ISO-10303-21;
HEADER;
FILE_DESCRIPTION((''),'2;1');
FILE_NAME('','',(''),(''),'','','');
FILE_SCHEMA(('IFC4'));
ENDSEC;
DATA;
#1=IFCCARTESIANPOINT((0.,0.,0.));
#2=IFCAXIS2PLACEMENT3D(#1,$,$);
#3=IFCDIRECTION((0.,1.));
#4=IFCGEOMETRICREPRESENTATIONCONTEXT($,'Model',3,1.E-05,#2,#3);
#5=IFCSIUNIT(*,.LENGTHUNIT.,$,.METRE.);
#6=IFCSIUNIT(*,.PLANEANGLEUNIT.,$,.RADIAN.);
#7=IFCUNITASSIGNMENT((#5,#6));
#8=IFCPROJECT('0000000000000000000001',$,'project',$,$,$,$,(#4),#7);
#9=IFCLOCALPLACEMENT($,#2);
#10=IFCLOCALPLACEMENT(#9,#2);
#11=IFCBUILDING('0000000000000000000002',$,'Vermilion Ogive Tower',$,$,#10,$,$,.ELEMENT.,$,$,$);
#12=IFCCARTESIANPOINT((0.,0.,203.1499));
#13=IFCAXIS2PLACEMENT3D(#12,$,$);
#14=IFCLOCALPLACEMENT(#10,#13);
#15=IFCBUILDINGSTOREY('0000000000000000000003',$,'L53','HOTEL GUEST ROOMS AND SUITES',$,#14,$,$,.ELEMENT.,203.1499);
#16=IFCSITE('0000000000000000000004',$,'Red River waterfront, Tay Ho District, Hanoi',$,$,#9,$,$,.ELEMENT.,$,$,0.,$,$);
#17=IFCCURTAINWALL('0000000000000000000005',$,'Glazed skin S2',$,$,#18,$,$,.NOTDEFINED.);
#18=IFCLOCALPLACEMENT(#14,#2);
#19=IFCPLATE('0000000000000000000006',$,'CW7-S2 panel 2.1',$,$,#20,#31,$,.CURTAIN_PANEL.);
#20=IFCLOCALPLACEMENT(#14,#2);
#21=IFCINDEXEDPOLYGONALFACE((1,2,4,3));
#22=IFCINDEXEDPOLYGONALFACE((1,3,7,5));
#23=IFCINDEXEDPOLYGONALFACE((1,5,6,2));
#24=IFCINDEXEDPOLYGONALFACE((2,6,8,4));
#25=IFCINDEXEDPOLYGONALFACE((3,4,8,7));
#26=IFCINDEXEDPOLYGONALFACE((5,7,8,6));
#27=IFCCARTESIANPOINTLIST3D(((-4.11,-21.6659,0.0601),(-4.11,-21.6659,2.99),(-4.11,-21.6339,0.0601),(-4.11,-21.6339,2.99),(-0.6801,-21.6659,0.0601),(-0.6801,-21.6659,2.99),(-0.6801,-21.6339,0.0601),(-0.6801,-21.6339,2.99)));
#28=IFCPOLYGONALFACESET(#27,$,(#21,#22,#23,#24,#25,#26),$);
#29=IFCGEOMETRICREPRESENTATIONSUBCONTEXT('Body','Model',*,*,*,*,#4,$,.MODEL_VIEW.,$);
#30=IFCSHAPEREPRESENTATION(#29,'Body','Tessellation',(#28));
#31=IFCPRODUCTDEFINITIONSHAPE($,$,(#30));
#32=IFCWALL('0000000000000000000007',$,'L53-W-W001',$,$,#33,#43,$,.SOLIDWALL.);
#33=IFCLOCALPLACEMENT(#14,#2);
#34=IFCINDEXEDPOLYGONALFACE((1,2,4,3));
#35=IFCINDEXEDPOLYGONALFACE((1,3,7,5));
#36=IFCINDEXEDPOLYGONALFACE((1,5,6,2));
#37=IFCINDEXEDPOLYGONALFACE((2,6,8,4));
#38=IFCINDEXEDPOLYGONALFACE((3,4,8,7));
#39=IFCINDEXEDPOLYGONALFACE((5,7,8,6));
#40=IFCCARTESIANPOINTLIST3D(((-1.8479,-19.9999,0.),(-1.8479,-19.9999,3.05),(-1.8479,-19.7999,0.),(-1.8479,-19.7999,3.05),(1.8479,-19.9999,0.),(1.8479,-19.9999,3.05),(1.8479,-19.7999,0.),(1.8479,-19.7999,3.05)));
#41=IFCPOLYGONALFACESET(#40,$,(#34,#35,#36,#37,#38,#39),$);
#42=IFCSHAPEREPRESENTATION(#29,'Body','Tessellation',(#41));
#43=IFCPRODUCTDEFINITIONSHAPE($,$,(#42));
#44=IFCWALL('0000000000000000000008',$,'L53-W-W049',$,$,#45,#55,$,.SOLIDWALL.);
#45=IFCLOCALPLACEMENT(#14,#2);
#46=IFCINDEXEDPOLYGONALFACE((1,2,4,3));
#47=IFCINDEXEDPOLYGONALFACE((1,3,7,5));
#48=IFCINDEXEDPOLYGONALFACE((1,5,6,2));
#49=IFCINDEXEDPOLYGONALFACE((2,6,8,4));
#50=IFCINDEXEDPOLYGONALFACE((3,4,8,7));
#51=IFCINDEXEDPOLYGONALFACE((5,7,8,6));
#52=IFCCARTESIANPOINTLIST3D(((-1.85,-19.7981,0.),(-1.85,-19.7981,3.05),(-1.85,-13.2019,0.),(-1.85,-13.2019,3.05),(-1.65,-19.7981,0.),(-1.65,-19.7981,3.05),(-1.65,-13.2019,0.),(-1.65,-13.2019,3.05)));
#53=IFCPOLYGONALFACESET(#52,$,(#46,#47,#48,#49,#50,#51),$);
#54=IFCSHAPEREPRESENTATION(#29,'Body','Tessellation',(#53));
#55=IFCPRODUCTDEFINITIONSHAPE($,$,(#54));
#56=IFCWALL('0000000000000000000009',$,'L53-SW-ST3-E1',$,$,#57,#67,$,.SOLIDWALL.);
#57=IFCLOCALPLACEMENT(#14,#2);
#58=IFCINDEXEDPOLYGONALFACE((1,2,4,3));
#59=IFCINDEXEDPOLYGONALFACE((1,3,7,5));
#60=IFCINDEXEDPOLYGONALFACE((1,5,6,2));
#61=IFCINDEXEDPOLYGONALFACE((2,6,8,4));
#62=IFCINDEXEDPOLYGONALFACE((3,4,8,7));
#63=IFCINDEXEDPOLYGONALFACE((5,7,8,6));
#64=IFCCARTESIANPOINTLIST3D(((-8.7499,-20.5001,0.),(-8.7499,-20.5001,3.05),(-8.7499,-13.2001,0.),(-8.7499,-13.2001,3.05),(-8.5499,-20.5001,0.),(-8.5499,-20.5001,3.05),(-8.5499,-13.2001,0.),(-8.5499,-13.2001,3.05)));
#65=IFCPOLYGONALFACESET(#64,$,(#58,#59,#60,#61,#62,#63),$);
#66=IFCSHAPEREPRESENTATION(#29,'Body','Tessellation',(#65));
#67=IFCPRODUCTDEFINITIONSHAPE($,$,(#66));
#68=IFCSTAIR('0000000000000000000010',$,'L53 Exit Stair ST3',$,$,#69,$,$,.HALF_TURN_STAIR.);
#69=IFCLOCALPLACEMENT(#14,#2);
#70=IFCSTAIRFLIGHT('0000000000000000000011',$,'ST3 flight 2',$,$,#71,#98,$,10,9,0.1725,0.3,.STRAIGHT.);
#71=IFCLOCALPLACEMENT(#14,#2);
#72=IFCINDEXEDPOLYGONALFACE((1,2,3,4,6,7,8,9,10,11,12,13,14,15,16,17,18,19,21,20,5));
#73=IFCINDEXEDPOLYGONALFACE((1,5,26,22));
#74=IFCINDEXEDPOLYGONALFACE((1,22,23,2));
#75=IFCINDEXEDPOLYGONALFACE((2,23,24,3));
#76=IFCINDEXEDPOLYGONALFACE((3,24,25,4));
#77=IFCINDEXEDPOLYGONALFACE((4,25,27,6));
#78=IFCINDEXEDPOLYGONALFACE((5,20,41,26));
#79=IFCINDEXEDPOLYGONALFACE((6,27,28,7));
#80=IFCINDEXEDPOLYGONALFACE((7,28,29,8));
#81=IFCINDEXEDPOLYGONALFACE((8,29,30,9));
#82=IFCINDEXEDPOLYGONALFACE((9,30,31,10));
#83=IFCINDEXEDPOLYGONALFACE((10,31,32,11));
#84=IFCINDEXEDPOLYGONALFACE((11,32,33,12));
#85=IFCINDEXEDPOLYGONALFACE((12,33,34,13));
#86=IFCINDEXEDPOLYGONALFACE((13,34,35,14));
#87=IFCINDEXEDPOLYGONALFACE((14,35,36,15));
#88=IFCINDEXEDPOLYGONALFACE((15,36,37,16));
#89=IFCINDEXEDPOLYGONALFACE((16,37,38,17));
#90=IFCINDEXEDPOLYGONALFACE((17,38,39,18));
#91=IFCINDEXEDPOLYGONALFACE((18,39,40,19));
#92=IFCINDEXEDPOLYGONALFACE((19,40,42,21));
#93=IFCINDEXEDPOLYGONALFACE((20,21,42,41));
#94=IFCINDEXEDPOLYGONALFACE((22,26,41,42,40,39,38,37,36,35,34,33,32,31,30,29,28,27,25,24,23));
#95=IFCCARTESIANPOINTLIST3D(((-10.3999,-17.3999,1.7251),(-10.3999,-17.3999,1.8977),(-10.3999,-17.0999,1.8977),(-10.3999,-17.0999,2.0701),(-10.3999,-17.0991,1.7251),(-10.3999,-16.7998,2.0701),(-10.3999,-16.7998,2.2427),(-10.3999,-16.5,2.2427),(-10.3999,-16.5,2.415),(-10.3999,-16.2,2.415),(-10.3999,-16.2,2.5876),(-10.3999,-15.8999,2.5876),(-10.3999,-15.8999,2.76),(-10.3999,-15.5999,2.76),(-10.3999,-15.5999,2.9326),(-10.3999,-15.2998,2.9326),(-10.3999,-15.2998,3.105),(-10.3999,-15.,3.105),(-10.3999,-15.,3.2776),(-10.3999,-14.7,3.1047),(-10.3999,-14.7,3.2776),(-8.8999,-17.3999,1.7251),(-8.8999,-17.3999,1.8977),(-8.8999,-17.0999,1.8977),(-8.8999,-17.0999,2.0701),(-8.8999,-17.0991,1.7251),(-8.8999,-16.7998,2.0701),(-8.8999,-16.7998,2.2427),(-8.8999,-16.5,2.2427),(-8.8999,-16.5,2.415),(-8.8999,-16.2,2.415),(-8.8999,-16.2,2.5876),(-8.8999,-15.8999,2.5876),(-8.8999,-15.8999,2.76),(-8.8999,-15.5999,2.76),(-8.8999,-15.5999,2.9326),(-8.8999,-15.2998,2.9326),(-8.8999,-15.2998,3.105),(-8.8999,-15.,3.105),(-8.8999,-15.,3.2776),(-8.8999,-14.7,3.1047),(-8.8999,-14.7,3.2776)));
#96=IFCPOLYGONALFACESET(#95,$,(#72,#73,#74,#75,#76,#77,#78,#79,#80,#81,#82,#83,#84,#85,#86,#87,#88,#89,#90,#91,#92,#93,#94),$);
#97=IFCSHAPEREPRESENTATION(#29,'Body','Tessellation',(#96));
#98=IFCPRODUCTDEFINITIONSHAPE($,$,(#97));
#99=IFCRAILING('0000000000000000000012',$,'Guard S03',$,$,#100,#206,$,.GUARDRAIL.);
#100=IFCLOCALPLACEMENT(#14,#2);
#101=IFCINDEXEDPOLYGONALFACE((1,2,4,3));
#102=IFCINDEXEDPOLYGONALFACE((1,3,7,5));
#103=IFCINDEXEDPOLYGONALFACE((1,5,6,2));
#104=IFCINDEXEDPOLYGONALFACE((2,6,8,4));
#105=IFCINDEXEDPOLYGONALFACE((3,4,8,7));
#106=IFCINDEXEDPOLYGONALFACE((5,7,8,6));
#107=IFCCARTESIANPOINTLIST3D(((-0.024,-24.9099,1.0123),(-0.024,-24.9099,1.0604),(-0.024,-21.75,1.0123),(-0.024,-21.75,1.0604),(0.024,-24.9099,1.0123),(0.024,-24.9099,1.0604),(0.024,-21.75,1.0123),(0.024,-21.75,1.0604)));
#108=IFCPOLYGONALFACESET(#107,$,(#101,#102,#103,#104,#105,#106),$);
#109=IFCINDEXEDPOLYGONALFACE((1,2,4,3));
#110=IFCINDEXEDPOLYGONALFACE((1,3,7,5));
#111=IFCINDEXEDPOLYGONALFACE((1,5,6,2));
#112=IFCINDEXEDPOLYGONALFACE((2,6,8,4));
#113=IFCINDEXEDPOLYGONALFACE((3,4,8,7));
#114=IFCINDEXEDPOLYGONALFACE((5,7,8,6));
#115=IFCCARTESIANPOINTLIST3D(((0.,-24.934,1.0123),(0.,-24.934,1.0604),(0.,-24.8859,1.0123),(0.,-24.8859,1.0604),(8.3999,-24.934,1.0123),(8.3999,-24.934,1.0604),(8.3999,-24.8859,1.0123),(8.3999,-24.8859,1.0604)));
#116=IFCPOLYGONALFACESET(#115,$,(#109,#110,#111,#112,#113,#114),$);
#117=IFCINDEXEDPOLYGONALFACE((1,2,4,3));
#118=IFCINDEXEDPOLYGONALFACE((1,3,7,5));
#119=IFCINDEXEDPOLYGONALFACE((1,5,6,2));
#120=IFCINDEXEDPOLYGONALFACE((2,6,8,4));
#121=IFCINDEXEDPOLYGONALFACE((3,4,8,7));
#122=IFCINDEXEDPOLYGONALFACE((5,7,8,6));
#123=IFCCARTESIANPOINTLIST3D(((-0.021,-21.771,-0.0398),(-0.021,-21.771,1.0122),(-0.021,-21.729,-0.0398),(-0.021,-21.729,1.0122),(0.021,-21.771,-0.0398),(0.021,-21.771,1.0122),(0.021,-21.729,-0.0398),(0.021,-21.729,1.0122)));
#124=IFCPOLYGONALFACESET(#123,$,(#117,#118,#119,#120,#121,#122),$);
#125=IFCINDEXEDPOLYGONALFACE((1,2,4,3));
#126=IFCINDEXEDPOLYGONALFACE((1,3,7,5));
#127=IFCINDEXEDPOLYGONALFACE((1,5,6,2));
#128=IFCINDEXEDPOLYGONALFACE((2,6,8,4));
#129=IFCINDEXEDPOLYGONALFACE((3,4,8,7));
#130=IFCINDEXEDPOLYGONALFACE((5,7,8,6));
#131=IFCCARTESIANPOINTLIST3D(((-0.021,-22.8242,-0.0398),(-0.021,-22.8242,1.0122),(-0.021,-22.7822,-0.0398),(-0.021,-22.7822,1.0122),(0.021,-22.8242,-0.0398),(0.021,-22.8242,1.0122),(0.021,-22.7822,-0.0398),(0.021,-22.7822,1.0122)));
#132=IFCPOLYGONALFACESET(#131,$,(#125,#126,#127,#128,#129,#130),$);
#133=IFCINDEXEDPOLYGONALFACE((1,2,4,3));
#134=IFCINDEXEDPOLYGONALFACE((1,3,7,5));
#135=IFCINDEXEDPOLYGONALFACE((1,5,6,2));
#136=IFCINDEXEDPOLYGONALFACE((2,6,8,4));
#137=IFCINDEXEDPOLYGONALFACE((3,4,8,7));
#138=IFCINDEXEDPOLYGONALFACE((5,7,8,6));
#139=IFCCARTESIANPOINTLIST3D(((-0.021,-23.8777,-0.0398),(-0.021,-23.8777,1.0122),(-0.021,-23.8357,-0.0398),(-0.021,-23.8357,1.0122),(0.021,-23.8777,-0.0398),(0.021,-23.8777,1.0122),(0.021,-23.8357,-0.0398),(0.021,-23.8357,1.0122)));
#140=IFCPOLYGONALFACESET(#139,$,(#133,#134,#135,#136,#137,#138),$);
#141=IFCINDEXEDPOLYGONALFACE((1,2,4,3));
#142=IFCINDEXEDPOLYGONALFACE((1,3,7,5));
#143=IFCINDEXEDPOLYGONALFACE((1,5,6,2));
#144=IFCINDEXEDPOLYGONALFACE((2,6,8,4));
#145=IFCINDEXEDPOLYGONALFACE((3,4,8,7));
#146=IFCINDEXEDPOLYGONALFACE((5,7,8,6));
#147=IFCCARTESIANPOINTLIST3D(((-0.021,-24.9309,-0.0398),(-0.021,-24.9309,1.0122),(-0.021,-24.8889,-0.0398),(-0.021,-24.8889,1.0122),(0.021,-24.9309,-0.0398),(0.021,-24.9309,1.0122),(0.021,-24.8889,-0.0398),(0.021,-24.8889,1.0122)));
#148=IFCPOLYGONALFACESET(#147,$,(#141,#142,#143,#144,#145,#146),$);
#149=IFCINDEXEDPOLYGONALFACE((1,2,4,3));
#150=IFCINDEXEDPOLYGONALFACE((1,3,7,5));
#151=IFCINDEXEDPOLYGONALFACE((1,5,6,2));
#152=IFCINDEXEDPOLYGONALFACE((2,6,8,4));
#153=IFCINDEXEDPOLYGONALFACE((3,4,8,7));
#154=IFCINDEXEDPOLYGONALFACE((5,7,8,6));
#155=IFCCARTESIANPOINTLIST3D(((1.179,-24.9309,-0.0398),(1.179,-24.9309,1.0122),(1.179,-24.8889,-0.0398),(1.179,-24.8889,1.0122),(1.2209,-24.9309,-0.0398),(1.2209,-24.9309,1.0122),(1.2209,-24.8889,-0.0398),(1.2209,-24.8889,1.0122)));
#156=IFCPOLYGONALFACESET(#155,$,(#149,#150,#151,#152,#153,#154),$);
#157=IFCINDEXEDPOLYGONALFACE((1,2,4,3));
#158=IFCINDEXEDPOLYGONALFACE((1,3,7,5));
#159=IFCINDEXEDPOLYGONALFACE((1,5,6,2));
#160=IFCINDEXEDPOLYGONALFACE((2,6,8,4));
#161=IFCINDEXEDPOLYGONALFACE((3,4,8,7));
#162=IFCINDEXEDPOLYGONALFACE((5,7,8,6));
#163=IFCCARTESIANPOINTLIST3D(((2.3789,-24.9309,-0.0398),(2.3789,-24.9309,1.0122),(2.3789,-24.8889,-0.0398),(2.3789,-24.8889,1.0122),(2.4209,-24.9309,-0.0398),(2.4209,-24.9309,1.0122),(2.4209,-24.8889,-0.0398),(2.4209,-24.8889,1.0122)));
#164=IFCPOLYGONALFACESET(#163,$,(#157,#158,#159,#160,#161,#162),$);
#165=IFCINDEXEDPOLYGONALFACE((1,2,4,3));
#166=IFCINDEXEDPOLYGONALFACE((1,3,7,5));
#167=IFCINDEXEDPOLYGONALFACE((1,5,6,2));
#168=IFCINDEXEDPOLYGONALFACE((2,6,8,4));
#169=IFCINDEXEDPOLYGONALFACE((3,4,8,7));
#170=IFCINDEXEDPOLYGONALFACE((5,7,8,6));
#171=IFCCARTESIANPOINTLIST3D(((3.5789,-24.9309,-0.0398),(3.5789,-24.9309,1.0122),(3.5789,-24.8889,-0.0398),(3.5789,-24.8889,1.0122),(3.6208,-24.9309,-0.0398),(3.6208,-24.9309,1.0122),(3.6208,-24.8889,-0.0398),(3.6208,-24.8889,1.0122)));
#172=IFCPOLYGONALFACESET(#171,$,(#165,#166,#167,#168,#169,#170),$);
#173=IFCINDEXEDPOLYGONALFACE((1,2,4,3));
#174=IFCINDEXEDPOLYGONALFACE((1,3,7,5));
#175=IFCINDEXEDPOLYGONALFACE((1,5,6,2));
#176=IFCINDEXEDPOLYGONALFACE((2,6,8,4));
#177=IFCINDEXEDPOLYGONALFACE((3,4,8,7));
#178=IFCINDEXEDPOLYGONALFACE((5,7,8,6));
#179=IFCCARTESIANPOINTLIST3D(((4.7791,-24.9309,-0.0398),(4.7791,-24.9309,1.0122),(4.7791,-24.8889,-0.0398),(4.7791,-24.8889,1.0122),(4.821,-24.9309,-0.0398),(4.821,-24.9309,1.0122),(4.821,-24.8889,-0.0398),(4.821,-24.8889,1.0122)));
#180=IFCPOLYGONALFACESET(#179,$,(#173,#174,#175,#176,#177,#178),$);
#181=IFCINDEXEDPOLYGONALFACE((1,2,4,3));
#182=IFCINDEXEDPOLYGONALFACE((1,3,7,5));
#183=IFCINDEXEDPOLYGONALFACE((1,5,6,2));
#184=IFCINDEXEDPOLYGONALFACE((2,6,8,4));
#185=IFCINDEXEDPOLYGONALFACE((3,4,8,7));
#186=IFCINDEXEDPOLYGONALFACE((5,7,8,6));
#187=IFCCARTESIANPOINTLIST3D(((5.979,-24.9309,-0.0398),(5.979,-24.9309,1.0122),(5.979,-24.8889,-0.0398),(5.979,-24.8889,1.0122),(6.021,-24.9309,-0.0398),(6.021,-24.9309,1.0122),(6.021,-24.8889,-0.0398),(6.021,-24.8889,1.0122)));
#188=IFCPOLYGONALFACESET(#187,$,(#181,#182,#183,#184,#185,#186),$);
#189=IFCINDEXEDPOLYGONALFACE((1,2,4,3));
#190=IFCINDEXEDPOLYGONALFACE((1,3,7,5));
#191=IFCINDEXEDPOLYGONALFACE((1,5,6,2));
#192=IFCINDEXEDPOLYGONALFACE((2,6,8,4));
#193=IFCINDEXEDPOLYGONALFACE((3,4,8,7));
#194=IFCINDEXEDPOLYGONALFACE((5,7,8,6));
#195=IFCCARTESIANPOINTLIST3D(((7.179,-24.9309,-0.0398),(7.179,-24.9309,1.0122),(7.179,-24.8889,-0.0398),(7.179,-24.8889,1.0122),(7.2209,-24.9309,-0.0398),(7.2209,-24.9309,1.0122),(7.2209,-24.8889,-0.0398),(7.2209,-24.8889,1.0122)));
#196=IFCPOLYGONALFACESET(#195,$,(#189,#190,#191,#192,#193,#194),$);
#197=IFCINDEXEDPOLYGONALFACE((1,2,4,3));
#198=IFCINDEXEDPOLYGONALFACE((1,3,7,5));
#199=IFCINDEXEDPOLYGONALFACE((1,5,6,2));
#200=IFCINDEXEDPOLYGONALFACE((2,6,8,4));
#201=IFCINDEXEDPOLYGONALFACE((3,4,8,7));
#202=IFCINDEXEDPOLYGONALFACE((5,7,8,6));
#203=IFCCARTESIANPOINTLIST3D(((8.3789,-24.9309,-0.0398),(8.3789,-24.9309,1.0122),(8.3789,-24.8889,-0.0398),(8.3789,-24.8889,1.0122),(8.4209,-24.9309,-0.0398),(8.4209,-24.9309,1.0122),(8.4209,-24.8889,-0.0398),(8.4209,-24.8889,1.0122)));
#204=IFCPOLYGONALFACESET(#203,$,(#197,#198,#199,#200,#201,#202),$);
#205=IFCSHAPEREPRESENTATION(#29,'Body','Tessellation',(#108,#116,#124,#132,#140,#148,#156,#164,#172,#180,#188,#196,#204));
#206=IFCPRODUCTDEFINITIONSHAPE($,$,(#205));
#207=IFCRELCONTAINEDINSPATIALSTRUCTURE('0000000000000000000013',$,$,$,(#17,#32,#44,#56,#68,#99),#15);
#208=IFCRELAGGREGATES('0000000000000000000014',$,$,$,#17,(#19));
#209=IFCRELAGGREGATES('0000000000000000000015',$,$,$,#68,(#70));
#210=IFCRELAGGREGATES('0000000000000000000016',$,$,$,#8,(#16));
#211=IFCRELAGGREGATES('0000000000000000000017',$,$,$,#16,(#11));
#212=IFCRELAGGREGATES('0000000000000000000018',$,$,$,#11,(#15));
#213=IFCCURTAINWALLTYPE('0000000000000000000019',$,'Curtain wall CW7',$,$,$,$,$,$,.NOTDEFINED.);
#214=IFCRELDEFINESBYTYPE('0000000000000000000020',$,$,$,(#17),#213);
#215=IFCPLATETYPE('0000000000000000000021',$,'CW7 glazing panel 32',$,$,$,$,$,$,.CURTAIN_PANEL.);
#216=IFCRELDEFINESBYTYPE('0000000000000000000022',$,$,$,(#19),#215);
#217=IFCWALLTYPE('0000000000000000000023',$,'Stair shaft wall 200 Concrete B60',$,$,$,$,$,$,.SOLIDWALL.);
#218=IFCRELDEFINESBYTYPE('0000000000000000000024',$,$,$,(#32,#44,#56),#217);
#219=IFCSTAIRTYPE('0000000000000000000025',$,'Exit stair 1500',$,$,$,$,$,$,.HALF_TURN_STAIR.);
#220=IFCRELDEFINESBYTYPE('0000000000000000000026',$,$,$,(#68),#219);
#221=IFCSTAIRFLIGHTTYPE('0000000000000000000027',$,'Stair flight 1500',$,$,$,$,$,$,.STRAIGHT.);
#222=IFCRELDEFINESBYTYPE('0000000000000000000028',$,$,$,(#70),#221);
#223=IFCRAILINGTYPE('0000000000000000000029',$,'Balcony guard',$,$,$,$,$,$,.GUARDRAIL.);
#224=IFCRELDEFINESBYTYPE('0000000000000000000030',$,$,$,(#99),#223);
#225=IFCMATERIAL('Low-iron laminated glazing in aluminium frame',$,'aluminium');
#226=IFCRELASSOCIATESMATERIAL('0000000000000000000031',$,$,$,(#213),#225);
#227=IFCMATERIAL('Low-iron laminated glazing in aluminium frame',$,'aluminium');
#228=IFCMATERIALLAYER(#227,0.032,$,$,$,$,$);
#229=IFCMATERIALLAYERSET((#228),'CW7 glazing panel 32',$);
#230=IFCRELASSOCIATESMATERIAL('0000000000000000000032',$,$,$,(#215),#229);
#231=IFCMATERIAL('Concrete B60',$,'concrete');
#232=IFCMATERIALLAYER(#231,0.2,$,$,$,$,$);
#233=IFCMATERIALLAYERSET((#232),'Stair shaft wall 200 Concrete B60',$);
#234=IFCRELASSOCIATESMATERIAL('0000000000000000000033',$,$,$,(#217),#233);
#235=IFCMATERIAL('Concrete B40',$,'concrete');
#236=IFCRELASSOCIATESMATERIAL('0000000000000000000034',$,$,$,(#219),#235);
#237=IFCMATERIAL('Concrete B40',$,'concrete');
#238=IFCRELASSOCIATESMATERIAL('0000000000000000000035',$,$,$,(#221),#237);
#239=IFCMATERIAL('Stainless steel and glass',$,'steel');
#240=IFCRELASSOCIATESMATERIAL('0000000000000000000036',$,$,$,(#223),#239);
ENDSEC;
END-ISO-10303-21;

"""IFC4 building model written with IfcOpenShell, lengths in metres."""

from ifc_helpers import new_model, si_unit, direction, frame, frame_2d, origin, origin_2d, place, context, subcontext, project, spatial, polyline, rectangle, outline, extrude, material, layer, layer_set, type_object, element, aggregate, save


model = new_model("IFC4")

# Units and contexts
model_context = context("Model", 3, precision=1e-05, world=origin(), true_north=direction((0.0, 1.0)))
body_context = subcontext(model_context, "Body", "Model", "MODEL_VIEW")
ifc_project = project(units=[si_unit("LENGTHUNIT", "METRE"), si_unit("PLANEANGLEUNIT", "RADIAN")], contexts=[model_context])

# Site, building, storey
site_placement = place(None, origin())
site = spatial("IfcSite", under=ifc_project, at=site_placement, Name="Red River waterfront, Tay Ho District, Hanoi", CompositionType="ELEMENT", RefElevation=0.0)
building_placement = place(site_placement, origin())
building = spatial("IfcBuilding", under=site, at=building_placement, Name="Vermilion Ogive Tower", CompositionType="ELEMENT")
storey_placement = place(building_placement, frame((0.0, 0.0, 203.1499)))
storey = spatial("IfcBuildingStorey", under=building, at=storey_placement, Name="L53", Description="HOTEL GUEST ROOMS AND SUITES", CompositionType="ELEMENT", Elevation=203.1499)

# Shared definitions
ifc_material_1 = material(Name="Low-iron laminated glazing in aluminium frame", Category="aluminium")
curtain_wall_type = type_object("IfcCurtainWallType", Name="Curtain wall CW7", PredefinedType="NOTDEFINED", material=ifc_material_1)

# Curtain wall
curtain_wall_1_placement = place(storey_placement, origin())
curtain_wall_1 = element("IfcCurtainWall", 1, at=curtain_wall_1_placement, inside=storey, type_object=curtain_wall_type, Name="Glazed skin S2", PredefinedType="NOTDEFINED")

# Plate
ifc_material_2 = material(Name="Low-iron laminated glazing in aluminium frame", Category="aluminium")
ifc_layer_1 = layer(ifc_material_2, 0.032)
ifc_layer_set_1 = layer_set([ifc_layer_1], Name="CW7 glazing panel 32")
plate_type = type_object("IfcPlateType", Name="CW7 glazing panel 32", PredefinedType="CURTAIN_PANEL", material=ifc_layer_set_1)
plate_1_placement = place(storey_placement, frame((-2.395, -21.6499, 0.0601), z_axis=(0.0, 0.0, 1.0), x_axis=(1.0, 0.0, 0.0)))
plate_1 = element("IfcPlate", 2, at=plate_1_placement, type_object=plate_type, Name="CW7-S2 panel 2.1", PredefinedType="CURTAIN_PANEL", context=body_context, shape_type="SweptSolid", body=[
    extrude(rectangle(XDim=3.4299, YDim=0.032, at=origin_2d()), origin(), (0.0, 0.0, 1.0), 2.9299),
])
aggregate(curtain_wall_1, [plate_1])

# Walls
ifc_material_3 = material(Name="Concrete B60", Category="concrete")
ifc_layer_2 = layer(ifc_material_3, 0.2)
ifc_layer_set_2 = layer_set([ifc_layer_2], Name="Stair shaft wall 200 Concrete B60")
wall_type = type_object("IfcWallType", Name="Stair shaft wall 200 Concrete B60", PredefinedType="SOLIDWALL", material=ifc_layer_set_2)
wall_1_placement = place(storey_placement, frame((-1.8479, -19.8999, 0.0), z_axis=(0.0, 0.0, 1.0), x_axis=(1.0, 0.0, 0.0)))
element("IfcWall", 3, at=wall_1_placement, inside=storey, type_object=wall_type, Name="L53-W-W001", PredefinedType="SOLIDWALL", context=body_context, shape_type="SweptSolid", body=[
    extrude(rectangle(XDim=3.6958, YDim=0.2, at=frame_2d((1.8479, 0.0))), origin(), (0.0, 0.0, 1.0), 3.05),
])
wall_2_placement = place(storey_placement, frame((-1.75, -19.7981, 0.0), z_axis=(0.0, 0.0, 1.0), x_axis=(0.0, 1.0, 0.0)))
element("IfcWall", 4, at=wall_2_placement, inside=storey, type_object=wall_type, Name="L53-W-W049", PredefinedType="SOLIDWALL", context=body_context, shape_type="SweptSolid", body=[
    extrude(rectangle(XDim=6.5962, YDim=0.2, at=frame_2d((3.2981, 0.0))), origin(), (0.0, 0.0, 1.0), 3.05),
])
wall_3_placement = place(storey_placement, frame((-8.6499, -20.5, 0.0), z_axis=(0.0, 0.0, 1.0), x_axis=(0.0, 1.0, 0.0)))
element("IfcWall", 5, at=wall_3_placement, inside=storey, type_object=wall_type, Name="L53-SW-ST3-E1", PredefinedType="SOLIDWALL", context=body_context, shape_type="SweptSolid", body=[
    extrude(rectangle(XDim=7.3, YDim=0.2, at=frame_2d((3.6499, 0.0))), origin(), (0.0, 0.0, 1.0), 3.05),
])

# Stair, stair flight
ifc_material_4 = material(Name="Concrete B40", Category="concrete")
stair_type = type_object("IfcStairType", Name="Exit stair 1500", PredefinedType="HALF_TURN_STAIR", material=ifc_material_4)
stair_placement = place(storey_placement, origin())
stair = element("IfcStair", 6, at=stair_placement, inside=storey, type_object=stair_type, Name="L53 Exit Stair ST3", PredefinedType="HALF_TURN_STAIR")
ifc_material_5 = material(Name="Concrete B40", Category="concrete")
stair_flight_type = type_object("IfcStairFlightType", Name="Stair flight 1500", PredefinedType="STRAIGHT", material=ifc_material_5)
stair_flight_placement = place(storey_placement, frame((-9.6499, -17.3999, 1.7251), z_axis=(0.0, 0.0, 1.0), x_axis=(0.0, 1.0, 0.0)))
stair_flight = element("IfcStairFlight", 7, at=stair_flight_placement, type_object=stair_flight_type, Name="ST3 flight 2", NumberOfRisers=10, NumberOfTreads=9, PredefinedType="STRAIGHT", RiserHeight=0.1725, TreadLength=0.3, context=body_context, shape_type="SweptSolid", body=[
    extrude(outline(polyline([(0.0, 0.0), (0.0, 0.1726), (0.3, 0.1726), (0.3, 0.345), (0.6001, 0.345), (0.6001, 0.5176), (0.8999, 0.5176), (0.8999, 0.6899), (1.2, 0.6899), (1.2, 0.8625), (1.5, 0.8625), (1.5, 1.0349), (1.8, 1.0349), (1.8, 1.2075), (2.1001, 1.2075), (2.1001, 1.3799), (2.3999, 1.3799), (2.3999, 1.5525), (2.7, 1.5525), (2.7, 1.7251), (2.7, 1.3796), (0.3008, 0.0), (0.0, 0.0)])), frame((0.0, 0.75, 0.0), z_axis=(0.0, -1.0, 0.0), x_axis=(1.0, 0.0, 0.0)), (0.0, 0.0, 1.0), 1.5),
])
aggregate(stair, [stair_flight])

# Railing
ifc_material_6 = material(Name="Stainless steel and glass", Category="steel")
railing_type_1 = type_object("IfcRailingType", Name="Balcony guard", PredefinedType="GUARDRAIL", material=ifc_material_6)
railing_1_placement = place(storey_placement, frame((0.0, -21.75, -0.0398)))
element("IfcRailing", 8, at=railing_1_placement, inside=storey, type_object=railing_type_1, Name="Guard S03", PredefinedType="GUARDRAIL", context=body_context, shape_type="SweptSolid", body=[
    extrude(rectangle(XDim=0.0481, YDim=0.0481, at=origin_2d()), frame((0.0, 0.0, 1.0762), z_axis=(0.0, -1.0, 0.0), x_axis=(1.0, 0.0, 0.0)), (0.0, 0.0, 1.0), 3.1599),
    extrude(rectangle(XDim=0.0481, YDim=0.0481, at=origin_2d()), frame((0.0, -3.1599, 1.0762), z_axis=(1.0, 0.0, 0.0), x_axis=(0.0, 1.0, 0.0)), (0.0, 0.0, 1.0), 8.3999),
    extrude(rectangle(XDim=0.042, YDim=0.042, at=origin_2d()), origin(), (0.0, 0.0, 1.0), 1.052),
    extrude(rectangle(XDim=0.042, YDim=0.042, at=origin_2d()), frame((0.0, -1.0532, 0.0)), (0.0, 0.0, 1.0), 1.052),
    extrude(rectangle(XDim=0.042, YDim=0.042, at=origin_2d()), frame((0.0, -2.1067, 0.0)), (0.0, 0.0, 1.0), 1.052),
    extrude(rectangle(XDim=0.042, YDim=0.042, at=origin_2d()), frame((0.0, -3.1599, 0.0)), (0.0, 0.0, 1.0), 1.052),
    extrude(rectangle(XDim=0.042, YDim=0.042, at=origin_2d()), frame((1.2, -3.1599, 0.0)), (0.0, 0.0, 1.0), 1.052),
    extrude(rectangle(XDim=0.042, YDim=0.042, at=origin_2d()), frame((2.3999, -3.1599, 0.0)), (0.0, 0.0, 1.0), 1.052),
    extrude(rectangle(XDim=0.042, YDim=0.042, at=origin_2d()), frame((3.5999, -3.1599, 0.0)), (0.0, 0.0, 1.0), 1.052),
    extrude(rectangle(XDim=0.042, YDim=0.042, at=origin_2d()), frame((4.8, -3.1599, 0.0)), (0.0, 0.0, 1.0), 1.052),
    extrude(rectangle(XDim=0.042, YDim=0.042, at=origin_2d()), frame((6.0, -3.1599, 0.0)), (0.0, 0.0, 1.0), 1.052),
    extrude(rectangle(XDim=0.042, YDim=0.042, at=origin_2d()), frame((7.2, -3.1599, 0.0)), (0.0, 0.0, 1.0), 1.052),
    extrude(rectangle(XDim=0.042, YDim=0.042, at=origin_2d()), frame((8.3999, -3.1599, 0.0)), (0.0, 0.0, 1.0), 1.052),
])

save(model, "model.ifc")
